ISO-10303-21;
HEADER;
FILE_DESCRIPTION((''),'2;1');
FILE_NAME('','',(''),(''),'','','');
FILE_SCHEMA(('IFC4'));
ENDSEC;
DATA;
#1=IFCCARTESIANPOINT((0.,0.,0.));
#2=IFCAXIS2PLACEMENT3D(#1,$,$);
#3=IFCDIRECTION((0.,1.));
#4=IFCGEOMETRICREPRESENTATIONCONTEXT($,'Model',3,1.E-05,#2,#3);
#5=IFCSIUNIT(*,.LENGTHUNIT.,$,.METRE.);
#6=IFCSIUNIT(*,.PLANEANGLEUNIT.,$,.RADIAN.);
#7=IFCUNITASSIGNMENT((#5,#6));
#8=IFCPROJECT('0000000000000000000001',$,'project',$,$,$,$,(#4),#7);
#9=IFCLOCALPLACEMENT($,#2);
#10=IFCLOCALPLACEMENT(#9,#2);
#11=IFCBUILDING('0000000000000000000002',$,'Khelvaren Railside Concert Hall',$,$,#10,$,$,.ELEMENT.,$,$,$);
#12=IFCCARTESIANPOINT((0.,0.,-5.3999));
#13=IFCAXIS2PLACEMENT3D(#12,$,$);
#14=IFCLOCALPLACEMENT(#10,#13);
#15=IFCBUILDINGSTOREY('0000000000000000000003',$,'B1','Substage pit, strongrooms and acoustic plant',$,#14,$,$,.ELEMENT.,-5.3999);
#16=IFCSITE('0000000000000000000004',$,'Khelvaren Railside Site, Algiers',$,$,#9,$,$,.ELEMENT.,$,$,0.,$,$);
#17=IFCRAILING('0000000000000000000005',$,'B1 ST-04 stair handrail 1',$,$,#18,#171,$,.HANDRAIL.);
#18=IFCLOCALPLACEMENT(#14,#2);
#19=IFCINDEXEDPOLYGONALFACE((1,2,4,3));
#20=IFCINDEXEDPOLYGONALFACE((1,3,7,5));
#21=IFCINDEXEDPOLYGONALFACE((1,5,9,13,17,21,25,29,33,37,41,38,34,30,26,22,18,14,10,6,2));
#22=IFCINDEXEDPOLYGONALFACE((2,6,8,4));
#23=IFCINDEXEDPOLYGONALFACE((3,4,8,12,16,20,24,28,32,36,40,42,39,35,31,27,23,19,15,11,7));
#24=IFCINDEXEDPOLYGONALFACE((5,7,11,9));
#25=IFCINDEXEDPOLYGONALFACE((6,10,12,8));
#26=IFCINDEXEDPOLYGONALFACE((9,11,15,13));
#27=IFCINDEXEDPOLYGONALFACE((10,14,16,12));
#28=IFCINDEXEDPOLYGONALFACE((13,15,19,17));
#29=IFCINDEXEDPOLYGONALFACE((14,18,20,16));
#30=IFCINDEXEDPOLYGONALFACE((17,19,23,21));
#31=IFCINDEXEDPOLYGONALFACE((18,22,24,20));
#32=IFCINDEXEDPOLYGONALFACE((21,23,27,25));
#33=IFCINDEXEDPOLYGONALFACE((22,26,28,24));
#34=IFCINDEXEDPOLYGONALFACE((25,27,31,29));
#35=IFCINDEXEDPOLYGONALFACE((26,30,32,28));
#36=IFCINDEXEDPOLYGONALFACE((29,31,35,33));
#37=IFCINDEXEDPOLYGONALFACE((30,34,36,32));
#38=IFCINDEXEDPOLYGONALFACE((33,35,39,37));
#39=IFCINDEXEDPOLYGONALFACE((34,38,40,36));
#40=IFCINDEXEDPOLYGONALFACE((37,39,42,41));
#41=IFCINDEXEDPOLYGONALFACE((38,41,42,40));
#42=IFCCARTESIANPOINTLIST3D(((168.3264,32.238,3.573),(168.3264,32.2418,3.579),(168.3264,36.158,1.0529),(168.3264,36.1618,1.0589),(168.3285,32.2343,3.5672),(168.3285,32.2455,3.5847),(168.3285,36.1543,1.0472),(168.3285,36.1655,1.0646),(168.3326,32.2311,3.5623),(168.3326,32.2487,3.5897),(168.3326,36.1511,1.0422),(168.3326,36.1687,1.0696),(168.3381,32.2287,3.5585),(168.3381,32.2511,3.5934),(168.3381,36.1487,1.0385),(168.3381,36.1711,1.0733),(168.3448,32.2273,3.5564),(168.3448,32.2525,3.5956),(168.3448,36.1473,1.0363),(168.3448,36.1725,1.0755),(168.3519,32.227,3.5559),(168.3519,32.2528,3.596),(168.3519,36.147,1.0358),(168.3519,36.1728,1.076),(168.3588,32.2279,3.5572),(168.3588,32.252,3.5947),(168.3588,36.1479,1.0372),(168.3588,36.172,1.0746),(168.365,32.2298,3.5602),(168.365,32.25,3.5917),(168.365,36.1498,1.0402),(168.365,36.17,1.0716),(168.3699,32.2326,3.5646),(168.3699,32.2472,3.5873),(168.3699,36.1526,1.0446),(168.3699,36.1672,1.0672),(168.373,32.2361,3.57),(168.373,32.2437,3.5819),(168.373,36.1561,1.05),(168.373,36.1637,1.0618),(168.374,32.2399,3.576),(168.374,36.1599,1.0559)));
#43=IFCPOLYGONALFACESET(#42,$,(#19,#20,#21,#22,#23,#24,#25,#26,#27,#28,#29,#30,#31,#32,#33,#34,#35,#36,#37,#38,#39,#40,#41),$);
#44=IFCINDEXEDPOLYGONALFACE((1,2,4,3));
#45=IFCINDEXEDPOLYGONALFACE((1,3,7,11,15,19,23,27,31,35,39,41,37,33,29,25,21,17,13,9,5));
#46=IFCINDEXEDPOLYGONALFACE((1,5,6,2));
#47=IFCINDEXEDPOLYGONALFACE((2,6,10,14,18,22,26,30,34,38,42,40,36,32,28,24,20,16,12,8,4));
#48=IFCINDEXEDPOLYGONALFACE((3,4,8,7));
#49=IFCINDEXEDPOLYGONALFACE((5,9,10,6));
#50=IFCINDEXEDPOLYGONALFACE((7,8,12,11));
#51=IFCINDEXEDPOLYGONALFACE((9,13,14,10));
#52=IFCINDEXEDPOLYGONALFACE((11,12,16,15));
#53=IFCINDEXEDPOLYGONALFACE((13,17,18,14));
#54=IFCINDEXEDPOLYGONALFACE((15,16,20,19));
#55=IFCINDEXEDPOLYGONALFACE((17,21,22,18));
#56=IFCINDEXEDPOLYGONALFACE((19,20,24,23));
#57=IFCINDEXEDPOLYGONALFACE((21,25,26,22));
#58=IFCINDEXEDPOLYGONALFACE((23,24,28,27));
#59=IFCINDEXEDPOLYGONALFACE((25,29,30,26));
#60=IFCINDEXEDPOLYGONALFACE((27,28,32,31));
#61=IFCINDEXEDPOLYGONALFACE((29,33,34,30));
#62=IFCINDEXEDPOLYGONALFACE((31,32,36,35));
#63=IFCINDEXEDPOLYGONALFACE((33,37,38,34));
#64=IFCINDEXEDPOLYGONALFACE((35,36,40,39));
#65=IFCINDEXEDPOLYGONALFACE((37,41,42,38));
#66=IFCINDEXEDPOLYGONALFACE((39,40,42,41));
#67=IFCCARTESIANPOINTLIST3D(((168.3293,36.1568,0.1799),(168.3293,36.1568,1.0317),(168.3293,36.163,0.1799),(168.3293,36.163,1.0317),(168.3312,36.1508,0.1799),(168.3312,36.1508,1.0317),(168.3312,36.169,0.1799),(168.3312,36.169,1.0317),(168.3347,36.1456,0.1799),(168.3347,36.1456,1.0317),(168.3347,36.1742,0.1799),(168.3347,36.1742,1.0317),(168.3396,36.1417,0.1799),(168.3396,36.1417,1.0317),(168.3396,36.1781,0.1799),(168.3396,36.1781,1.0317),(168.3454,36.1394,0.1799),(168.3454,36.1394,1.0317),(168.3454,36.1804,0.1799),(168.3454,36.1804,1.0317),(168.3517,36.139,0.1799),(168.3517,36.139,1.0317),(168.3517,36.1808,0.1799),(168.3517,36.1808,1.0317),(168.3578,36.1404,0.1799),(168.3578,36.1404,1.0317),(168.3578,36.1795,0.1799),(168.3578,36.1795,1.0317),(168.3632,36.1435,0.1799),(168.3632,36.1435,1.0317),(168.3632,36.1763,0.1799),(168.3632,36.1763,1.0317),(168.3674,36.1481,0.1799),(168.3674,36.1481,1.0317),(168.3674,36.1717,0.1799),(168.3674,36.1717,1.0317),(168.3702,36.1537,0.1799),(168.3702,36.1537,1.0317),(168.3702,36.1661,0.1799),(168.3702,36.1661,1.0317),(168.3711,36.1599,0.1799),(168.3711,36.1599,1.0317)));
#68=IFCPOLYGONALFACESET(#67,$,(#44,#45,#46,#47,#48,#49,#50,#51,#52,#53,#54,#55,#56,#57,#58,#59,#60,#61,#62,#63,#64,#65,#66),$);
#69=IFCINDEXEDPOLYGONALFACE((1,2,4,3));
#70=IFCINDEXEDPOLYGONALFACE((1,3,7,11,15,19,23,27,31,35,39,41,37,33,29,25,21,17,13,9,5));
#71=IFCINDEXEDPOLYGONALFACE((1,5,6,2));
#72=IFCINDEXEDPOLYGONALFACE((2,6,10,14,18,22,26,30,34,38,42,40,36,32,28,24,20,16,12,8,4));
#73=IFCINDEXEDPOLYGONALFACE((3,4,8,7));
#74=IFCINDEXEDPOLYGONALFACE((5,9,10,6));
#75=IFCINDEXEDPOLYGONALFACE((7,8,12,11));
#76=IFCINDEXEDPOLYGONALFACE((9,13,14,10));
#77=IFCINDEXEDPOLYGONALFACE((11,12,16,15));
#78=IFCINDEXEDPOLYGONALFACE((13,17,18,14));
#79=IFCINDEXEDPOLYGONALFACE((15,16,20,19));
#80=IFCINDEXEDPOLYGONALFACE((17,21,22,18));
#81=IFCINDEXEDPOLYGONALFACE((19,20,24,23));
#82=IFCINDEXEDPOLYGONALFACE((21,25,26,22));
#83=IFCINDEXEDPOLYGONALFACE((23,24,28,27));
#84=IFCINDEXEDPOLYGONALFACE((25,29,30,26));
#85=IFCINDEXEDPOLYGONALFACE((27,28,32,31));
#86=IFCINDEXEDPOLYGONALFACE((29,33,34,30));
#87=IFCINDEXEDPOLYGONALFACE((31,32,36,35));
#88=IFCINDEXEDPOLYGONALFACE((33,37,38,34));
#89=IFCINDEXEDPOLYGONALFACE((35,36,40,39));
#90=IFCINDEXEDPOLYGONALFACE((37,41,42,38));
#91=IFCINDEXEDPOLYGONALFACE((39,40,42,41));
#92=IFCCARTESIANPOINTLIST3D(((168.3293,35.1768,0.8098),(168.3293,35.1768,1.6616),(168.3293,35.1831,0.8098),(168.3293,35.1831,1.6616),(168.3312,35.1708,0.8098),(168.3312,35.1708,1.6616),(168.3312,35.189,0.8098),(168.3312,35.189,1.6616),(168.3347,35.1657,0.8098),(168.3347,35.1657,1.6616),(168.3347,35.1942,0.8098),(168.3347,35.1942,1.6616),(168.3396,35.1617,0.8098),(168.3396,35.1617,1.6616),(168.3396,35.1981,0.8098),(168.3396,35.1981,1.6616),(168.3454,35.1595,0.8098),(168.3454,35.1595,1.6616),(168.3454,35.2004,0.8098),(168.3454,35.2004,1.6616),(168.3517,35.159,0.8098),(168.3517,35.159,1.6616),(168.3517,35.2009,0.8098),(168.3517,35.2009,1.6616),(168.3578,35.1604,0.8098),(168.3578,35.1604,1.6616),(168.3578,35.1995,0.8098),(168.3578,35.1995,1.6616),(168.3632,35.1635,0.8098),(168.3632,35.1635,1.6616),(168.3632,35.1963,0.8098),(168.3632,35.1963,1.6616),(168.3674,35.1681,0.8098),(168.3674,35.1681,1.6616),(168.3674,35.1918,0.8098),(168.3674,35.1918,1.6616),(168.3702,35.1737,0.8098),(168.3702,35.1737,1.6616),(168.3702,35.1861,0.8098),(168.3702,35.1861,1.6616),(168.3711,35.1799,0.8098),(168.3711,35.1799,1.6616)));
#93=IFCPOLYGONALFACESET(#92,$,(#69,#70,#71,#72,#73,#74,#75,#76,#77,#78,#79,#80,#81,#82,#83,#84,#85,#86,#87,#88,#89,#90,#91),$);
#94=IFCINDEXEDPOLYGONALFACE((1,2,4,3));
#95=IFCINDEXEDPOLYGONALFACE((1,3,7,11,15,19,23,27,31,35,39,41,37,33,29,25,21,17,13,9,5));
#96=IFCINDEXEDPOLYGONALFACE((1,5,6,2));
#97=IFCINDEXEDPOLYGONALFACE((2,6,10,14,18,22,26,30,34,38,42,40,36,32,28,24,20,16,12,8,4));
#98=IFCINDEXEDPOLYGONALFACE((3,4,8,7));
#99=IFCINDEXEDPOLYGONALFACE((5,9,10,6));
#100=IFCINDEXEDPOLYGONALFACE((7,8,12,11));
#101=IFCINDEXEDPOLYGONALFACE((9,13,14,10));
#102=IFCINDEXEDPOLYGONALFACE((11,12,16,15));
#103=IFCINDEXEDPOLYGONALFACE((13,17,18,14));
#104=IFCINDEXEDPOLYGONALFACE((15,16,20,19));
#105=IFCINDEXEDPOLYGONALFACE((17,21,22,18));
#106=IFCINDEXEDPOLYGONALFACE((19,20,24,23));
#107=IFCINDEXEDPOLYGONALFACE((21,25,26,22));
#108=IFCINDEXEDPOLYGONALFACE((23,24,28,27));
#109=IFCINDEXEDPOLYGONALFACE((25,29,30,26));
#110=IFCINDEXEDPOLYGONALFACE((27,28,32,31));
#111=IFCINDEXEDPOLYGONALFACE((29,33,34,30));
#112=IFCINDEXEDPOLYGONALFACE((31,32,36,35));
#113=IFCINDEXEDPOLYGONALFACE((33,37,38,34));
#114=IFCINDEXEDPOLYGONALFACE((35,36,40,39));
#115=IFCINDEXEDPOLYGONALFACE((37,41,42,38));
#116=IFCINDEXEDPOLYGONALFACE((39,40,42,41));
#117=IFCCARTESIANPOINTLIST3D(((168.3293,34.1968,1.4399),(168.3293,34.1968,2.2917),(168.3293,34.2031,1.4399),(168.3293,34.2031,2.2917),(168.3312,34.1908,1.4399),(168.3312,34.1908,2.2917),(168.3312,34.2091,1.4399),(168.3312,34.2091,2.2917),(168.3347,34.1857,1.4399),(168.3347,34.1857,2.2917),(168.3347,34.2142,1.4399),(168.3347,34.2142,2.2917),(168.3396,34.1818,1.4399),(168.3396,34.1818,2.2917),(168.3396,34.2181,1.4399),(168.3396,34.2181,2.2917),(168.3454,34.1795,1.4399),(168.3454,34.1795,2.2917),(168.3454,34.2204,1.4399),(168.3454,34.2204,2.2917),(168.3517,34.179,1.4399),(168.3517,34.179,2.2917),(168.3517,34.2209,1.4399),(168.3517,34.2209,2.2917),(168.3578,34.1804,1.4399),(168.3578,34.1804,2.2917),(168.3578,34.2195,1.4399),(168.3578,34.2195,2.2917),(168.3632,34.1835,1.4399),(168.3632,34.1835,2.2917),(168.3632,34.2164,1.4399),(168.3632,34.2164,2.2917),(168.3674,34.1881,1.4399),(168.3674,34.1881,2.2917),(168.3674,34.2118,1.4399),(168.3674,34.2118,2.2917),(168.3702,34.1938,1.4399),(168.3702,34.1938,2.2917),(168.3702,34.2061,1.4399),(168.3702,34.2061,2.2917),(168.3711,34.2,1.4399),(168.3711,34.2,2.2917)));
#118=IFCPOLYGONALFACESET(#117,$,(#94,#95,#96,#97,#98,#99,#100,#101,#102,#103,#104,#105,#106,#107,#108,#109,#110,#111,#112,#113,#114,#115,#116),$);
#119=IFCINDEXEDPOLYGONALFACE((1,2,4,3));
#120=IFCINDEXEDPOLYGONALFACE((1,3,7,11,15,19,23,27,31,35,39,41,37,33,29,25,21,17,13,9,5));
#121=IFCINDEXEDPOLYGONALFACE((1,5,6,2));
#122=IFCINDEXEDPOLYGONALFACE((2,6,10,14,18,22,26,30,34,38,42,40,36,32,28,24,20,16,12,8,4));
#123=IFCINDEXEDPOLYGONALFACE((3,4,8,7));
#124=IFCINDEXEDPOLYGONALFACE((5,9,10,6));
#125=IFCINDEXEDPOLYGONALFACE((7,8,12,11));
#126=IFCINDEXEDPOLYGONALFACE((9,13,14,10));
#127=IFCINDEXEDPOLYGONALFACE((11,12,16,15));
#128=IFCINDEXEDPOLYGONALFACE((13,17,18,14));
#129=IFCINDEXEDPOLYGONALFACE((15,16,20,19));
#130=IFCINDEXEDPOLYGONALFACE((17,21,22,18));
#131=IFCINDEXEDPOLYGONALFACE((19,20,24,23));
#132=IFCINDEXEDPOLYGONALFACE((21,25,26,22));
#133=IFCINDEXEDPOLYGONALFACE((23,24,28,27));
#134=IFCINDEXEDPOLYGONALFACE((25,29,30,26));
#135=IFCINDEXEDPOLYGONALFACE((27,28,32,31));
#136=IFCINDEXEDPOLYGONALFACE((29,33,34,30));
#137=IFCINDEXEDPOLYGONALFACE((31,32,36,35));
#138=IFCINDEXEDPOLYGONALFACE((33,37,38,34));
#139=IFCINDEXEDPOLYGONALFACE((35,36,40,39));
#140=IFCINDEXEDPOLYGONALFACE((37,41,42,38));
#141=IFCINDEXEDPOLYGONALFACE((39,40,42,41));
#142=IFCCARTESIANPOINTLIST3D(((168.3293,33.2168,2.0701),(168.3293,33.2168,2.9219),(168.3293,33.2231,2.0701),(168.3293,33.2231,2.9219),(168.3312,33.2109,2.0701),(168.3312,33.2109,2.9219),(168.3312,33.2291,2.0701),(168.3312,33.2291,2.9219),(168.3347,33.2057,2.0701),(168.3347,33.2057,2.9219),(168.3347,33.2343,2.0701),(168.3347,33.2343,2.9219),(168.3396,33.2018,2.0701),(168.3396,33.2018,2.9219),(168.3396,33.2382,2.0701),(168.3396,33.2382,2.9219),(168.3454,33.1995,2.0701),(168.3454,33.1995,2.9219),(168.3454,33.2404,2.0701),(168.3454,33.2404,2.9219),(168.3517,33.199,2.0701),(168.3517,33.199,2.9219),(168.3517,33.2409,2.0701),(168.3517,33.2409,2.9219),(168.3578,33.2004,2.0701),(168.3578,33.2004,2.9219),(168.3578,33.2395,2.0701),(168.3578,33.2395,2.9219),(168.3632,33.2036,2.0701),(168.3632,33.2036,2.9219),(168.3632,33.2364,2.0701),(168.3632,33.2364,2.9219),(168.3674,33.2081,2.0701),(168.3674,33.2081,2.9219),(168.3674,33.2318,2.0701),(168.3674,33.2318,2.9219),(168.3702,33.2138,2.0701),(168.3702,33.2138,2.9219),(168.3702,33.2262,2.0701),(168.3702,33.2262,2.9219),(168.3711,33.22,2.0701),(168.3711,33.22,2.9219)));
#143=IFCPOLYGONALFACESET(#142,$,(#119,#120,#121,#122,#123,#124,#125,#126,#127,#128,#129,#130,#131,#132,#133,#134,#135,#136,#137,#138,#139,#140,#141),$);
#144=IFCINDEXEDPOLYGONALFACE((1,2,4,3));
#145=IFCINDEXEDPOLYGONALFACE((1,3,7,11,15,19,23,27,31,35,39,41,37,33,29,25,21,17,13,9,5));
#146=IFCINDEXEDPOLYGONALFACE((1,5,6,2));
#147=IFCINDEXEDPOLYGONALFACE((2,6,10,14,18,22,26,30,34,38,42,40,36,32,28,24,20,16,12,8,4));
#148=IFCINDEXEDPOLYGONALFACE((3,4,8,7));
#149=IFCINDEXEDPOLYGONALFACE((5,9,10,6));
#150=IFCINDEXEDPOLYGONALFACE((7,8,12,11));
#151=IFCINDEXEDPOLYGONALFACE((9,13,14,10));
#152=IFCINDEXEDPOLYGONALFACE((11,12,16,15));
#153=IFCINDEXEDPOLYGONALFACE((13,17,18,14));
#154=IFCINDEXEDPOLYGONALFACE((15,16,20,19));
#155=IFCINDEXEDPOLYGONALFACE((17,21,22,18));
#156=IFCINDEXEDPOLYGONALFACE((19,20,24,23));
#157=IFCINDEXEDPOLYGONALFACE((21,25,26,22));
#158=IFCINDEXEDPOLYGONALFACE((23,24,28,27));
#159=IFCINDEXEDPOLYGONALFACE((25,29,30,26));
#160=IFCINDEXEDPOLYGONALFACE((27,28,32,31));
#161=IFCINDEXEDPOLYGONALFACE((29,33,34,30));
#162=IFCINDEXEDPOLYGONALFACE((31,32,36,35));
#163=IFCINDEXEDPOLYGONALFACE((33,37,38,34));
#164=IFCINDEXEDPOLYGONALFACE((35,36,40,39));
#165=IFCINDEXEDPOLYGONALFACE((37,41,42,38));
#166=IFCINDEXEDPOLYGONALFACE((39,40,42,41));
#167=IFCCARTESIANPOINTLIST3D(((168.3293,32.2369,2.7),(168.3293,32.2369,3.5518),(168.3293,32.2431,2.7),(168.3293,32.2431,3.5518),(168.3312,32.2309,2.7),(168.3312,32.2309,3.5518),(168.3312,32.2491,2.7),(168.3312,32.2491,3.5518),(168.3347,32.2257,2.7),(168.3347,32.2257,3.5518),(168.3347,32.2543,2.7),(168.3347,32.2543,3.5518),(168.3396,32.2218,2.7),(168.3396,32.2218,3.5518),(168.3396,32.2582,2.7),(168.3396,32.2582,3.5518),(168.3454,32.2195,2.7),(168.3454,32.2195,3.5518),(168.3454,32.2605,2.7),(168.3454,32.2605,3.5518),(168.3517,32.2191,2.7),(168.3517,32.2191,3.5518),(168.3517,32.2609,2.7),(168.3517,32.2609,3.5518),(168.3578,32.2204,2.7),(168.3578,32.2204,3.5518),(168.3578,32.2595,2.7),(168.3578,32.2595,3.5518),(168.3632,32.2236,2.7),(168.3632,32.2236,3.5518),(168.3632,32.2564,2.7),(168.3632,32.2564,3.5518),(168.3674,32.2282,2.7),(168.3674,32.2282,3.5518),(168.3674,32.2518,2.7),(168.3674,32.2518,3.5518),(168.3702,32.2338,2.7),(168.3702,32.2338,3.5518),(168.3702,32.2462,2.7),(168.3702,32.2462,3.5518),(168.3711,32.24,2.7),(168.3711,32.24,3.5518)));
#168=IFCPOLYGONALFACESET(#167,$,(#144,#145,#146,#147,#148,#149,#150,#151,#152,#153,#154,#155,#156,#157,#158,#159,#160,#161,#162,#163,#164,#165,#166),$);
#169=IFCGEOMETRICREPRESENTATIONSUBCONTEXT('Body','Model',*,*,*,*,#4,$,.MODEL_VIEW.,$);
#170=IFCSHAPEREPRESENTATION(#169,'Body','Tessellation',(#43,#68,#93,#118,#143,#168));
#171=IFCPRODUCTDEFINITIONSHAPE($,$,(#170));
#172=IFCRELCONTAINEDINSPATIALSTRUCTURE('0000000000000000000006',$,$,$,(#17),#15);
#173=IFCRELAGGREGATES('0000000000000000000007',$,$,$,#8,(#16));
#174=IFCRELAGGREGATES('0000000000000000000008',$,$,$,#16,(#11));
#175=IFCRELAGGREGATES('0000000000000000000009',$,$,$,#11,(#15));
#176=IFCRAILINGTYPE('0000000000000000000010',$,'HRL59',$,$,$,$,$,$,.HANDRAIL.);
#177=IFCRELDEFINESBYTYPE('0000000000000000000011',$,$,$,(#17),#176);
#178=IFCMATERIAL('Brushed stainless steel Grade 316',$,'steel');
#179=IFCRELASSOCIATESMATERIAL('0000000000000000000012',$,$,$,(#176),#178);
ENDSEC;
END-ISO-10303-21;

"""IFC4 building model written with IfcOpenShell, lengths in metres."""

from ifc_helpers import new_model, si_unit, direction, frame, origin, origin_2d, place, context, subcontext, project, spatial, circle, extrude, material, type_object, element, save


model = new_model("IFC4")

# Units and contexts
model_context = context("Model", 3, precision=1e-05, world=origin(), true_north=direction((0.0, 1.0)))
body_context = subcontext(model_context, "Body", "Model", "MODEL_VIEW")
ifc_project = project(units=[si_unit("LENGTHUNIT", "METRE"), si_unit("PLANEANGLEUNIT", "RADIAN")], contexts=[model_context])

# Site, building, storey
site_placement = place(None, origin())
site = spatial("IfcSite", under=ifc_project, at=site_placement, Name="Khelvaren Railside Site, Algiers", CompositionType="ELEMENT", RefElevation=0.0)
building_placement = place(site_placement, origin())
building = spatial("IfcBuilding", under=site, at=building_placement, Name="Khelvaren Railside Concert Hall", CompositionType="ELEMENT")
storey_placement = place(building_placement, frame((0.0, 0.0, -5.3999)))
storey = spatial("IfcBuildingStorey", under=building, at=storey_placement, Name="B1", Description="Substage pit, strongrooms and acoustic plant", CompositionType="ELEMENT", Elevation=-5.3999)

# Railing
ifc_material_1 = material(Name="Brushed stainless steel Grade 316", Category="steel")
railing_type_1 = type_object("IfcRailingType", Name="HRL59", PredefinedType="HANDRAIL", material=ifc_material_1)
railing_1_placement = place(storey_placement, frame((168.3501, 36.1599, 0.1799)))
element("IfcRailing", 1, at=railing_1_placement, inside=storey, type_object=railing_type_1, Name="B1 ST-04 stair handrail 1", PredefinedType="HANDRAIL", context=body_context, shape_type="SweptSolid", body=[
    extrude(circle(Radius=0.0239, at=origin_2d()), frame((0.0, 0.0, 0.876), z_axis=(0.0, -0.841172, 0.540768), x_axis=(1.0, 0.0, 0.0)), (0.0, 0.0, 1.0), 4.6602),
    extrude(circle(Radius=0.021, at=origin_2d()), origin(), (0.0, 0.0, 1.0), 0.8518),
    extrude(circle(Radius=0.021, at=origin_2d()), frame((0.0, -0.98, 0.6299)), (0.0, 0.0, 1.0), 0.8518),
    extrude(circle(Radius=0.021, at=origin_2d()), frame((0.0, -1.96, 1.26)), (0.0, 0.0, 1.0), 0.8518),
    extrude(circle(Radius=0.021, at=origin_2d()), frame((0.0, -2.9399, 1.8901)), (0.0, 0.0, 1.0), 0.8518),
    extrude(circle(Radius=0.021, at=origin_2d()), frame((0.0, -3.9199, 2.52)), (0.0, 0.0, 1.0), 0.8518),
])

save(model, "model.ifc")
